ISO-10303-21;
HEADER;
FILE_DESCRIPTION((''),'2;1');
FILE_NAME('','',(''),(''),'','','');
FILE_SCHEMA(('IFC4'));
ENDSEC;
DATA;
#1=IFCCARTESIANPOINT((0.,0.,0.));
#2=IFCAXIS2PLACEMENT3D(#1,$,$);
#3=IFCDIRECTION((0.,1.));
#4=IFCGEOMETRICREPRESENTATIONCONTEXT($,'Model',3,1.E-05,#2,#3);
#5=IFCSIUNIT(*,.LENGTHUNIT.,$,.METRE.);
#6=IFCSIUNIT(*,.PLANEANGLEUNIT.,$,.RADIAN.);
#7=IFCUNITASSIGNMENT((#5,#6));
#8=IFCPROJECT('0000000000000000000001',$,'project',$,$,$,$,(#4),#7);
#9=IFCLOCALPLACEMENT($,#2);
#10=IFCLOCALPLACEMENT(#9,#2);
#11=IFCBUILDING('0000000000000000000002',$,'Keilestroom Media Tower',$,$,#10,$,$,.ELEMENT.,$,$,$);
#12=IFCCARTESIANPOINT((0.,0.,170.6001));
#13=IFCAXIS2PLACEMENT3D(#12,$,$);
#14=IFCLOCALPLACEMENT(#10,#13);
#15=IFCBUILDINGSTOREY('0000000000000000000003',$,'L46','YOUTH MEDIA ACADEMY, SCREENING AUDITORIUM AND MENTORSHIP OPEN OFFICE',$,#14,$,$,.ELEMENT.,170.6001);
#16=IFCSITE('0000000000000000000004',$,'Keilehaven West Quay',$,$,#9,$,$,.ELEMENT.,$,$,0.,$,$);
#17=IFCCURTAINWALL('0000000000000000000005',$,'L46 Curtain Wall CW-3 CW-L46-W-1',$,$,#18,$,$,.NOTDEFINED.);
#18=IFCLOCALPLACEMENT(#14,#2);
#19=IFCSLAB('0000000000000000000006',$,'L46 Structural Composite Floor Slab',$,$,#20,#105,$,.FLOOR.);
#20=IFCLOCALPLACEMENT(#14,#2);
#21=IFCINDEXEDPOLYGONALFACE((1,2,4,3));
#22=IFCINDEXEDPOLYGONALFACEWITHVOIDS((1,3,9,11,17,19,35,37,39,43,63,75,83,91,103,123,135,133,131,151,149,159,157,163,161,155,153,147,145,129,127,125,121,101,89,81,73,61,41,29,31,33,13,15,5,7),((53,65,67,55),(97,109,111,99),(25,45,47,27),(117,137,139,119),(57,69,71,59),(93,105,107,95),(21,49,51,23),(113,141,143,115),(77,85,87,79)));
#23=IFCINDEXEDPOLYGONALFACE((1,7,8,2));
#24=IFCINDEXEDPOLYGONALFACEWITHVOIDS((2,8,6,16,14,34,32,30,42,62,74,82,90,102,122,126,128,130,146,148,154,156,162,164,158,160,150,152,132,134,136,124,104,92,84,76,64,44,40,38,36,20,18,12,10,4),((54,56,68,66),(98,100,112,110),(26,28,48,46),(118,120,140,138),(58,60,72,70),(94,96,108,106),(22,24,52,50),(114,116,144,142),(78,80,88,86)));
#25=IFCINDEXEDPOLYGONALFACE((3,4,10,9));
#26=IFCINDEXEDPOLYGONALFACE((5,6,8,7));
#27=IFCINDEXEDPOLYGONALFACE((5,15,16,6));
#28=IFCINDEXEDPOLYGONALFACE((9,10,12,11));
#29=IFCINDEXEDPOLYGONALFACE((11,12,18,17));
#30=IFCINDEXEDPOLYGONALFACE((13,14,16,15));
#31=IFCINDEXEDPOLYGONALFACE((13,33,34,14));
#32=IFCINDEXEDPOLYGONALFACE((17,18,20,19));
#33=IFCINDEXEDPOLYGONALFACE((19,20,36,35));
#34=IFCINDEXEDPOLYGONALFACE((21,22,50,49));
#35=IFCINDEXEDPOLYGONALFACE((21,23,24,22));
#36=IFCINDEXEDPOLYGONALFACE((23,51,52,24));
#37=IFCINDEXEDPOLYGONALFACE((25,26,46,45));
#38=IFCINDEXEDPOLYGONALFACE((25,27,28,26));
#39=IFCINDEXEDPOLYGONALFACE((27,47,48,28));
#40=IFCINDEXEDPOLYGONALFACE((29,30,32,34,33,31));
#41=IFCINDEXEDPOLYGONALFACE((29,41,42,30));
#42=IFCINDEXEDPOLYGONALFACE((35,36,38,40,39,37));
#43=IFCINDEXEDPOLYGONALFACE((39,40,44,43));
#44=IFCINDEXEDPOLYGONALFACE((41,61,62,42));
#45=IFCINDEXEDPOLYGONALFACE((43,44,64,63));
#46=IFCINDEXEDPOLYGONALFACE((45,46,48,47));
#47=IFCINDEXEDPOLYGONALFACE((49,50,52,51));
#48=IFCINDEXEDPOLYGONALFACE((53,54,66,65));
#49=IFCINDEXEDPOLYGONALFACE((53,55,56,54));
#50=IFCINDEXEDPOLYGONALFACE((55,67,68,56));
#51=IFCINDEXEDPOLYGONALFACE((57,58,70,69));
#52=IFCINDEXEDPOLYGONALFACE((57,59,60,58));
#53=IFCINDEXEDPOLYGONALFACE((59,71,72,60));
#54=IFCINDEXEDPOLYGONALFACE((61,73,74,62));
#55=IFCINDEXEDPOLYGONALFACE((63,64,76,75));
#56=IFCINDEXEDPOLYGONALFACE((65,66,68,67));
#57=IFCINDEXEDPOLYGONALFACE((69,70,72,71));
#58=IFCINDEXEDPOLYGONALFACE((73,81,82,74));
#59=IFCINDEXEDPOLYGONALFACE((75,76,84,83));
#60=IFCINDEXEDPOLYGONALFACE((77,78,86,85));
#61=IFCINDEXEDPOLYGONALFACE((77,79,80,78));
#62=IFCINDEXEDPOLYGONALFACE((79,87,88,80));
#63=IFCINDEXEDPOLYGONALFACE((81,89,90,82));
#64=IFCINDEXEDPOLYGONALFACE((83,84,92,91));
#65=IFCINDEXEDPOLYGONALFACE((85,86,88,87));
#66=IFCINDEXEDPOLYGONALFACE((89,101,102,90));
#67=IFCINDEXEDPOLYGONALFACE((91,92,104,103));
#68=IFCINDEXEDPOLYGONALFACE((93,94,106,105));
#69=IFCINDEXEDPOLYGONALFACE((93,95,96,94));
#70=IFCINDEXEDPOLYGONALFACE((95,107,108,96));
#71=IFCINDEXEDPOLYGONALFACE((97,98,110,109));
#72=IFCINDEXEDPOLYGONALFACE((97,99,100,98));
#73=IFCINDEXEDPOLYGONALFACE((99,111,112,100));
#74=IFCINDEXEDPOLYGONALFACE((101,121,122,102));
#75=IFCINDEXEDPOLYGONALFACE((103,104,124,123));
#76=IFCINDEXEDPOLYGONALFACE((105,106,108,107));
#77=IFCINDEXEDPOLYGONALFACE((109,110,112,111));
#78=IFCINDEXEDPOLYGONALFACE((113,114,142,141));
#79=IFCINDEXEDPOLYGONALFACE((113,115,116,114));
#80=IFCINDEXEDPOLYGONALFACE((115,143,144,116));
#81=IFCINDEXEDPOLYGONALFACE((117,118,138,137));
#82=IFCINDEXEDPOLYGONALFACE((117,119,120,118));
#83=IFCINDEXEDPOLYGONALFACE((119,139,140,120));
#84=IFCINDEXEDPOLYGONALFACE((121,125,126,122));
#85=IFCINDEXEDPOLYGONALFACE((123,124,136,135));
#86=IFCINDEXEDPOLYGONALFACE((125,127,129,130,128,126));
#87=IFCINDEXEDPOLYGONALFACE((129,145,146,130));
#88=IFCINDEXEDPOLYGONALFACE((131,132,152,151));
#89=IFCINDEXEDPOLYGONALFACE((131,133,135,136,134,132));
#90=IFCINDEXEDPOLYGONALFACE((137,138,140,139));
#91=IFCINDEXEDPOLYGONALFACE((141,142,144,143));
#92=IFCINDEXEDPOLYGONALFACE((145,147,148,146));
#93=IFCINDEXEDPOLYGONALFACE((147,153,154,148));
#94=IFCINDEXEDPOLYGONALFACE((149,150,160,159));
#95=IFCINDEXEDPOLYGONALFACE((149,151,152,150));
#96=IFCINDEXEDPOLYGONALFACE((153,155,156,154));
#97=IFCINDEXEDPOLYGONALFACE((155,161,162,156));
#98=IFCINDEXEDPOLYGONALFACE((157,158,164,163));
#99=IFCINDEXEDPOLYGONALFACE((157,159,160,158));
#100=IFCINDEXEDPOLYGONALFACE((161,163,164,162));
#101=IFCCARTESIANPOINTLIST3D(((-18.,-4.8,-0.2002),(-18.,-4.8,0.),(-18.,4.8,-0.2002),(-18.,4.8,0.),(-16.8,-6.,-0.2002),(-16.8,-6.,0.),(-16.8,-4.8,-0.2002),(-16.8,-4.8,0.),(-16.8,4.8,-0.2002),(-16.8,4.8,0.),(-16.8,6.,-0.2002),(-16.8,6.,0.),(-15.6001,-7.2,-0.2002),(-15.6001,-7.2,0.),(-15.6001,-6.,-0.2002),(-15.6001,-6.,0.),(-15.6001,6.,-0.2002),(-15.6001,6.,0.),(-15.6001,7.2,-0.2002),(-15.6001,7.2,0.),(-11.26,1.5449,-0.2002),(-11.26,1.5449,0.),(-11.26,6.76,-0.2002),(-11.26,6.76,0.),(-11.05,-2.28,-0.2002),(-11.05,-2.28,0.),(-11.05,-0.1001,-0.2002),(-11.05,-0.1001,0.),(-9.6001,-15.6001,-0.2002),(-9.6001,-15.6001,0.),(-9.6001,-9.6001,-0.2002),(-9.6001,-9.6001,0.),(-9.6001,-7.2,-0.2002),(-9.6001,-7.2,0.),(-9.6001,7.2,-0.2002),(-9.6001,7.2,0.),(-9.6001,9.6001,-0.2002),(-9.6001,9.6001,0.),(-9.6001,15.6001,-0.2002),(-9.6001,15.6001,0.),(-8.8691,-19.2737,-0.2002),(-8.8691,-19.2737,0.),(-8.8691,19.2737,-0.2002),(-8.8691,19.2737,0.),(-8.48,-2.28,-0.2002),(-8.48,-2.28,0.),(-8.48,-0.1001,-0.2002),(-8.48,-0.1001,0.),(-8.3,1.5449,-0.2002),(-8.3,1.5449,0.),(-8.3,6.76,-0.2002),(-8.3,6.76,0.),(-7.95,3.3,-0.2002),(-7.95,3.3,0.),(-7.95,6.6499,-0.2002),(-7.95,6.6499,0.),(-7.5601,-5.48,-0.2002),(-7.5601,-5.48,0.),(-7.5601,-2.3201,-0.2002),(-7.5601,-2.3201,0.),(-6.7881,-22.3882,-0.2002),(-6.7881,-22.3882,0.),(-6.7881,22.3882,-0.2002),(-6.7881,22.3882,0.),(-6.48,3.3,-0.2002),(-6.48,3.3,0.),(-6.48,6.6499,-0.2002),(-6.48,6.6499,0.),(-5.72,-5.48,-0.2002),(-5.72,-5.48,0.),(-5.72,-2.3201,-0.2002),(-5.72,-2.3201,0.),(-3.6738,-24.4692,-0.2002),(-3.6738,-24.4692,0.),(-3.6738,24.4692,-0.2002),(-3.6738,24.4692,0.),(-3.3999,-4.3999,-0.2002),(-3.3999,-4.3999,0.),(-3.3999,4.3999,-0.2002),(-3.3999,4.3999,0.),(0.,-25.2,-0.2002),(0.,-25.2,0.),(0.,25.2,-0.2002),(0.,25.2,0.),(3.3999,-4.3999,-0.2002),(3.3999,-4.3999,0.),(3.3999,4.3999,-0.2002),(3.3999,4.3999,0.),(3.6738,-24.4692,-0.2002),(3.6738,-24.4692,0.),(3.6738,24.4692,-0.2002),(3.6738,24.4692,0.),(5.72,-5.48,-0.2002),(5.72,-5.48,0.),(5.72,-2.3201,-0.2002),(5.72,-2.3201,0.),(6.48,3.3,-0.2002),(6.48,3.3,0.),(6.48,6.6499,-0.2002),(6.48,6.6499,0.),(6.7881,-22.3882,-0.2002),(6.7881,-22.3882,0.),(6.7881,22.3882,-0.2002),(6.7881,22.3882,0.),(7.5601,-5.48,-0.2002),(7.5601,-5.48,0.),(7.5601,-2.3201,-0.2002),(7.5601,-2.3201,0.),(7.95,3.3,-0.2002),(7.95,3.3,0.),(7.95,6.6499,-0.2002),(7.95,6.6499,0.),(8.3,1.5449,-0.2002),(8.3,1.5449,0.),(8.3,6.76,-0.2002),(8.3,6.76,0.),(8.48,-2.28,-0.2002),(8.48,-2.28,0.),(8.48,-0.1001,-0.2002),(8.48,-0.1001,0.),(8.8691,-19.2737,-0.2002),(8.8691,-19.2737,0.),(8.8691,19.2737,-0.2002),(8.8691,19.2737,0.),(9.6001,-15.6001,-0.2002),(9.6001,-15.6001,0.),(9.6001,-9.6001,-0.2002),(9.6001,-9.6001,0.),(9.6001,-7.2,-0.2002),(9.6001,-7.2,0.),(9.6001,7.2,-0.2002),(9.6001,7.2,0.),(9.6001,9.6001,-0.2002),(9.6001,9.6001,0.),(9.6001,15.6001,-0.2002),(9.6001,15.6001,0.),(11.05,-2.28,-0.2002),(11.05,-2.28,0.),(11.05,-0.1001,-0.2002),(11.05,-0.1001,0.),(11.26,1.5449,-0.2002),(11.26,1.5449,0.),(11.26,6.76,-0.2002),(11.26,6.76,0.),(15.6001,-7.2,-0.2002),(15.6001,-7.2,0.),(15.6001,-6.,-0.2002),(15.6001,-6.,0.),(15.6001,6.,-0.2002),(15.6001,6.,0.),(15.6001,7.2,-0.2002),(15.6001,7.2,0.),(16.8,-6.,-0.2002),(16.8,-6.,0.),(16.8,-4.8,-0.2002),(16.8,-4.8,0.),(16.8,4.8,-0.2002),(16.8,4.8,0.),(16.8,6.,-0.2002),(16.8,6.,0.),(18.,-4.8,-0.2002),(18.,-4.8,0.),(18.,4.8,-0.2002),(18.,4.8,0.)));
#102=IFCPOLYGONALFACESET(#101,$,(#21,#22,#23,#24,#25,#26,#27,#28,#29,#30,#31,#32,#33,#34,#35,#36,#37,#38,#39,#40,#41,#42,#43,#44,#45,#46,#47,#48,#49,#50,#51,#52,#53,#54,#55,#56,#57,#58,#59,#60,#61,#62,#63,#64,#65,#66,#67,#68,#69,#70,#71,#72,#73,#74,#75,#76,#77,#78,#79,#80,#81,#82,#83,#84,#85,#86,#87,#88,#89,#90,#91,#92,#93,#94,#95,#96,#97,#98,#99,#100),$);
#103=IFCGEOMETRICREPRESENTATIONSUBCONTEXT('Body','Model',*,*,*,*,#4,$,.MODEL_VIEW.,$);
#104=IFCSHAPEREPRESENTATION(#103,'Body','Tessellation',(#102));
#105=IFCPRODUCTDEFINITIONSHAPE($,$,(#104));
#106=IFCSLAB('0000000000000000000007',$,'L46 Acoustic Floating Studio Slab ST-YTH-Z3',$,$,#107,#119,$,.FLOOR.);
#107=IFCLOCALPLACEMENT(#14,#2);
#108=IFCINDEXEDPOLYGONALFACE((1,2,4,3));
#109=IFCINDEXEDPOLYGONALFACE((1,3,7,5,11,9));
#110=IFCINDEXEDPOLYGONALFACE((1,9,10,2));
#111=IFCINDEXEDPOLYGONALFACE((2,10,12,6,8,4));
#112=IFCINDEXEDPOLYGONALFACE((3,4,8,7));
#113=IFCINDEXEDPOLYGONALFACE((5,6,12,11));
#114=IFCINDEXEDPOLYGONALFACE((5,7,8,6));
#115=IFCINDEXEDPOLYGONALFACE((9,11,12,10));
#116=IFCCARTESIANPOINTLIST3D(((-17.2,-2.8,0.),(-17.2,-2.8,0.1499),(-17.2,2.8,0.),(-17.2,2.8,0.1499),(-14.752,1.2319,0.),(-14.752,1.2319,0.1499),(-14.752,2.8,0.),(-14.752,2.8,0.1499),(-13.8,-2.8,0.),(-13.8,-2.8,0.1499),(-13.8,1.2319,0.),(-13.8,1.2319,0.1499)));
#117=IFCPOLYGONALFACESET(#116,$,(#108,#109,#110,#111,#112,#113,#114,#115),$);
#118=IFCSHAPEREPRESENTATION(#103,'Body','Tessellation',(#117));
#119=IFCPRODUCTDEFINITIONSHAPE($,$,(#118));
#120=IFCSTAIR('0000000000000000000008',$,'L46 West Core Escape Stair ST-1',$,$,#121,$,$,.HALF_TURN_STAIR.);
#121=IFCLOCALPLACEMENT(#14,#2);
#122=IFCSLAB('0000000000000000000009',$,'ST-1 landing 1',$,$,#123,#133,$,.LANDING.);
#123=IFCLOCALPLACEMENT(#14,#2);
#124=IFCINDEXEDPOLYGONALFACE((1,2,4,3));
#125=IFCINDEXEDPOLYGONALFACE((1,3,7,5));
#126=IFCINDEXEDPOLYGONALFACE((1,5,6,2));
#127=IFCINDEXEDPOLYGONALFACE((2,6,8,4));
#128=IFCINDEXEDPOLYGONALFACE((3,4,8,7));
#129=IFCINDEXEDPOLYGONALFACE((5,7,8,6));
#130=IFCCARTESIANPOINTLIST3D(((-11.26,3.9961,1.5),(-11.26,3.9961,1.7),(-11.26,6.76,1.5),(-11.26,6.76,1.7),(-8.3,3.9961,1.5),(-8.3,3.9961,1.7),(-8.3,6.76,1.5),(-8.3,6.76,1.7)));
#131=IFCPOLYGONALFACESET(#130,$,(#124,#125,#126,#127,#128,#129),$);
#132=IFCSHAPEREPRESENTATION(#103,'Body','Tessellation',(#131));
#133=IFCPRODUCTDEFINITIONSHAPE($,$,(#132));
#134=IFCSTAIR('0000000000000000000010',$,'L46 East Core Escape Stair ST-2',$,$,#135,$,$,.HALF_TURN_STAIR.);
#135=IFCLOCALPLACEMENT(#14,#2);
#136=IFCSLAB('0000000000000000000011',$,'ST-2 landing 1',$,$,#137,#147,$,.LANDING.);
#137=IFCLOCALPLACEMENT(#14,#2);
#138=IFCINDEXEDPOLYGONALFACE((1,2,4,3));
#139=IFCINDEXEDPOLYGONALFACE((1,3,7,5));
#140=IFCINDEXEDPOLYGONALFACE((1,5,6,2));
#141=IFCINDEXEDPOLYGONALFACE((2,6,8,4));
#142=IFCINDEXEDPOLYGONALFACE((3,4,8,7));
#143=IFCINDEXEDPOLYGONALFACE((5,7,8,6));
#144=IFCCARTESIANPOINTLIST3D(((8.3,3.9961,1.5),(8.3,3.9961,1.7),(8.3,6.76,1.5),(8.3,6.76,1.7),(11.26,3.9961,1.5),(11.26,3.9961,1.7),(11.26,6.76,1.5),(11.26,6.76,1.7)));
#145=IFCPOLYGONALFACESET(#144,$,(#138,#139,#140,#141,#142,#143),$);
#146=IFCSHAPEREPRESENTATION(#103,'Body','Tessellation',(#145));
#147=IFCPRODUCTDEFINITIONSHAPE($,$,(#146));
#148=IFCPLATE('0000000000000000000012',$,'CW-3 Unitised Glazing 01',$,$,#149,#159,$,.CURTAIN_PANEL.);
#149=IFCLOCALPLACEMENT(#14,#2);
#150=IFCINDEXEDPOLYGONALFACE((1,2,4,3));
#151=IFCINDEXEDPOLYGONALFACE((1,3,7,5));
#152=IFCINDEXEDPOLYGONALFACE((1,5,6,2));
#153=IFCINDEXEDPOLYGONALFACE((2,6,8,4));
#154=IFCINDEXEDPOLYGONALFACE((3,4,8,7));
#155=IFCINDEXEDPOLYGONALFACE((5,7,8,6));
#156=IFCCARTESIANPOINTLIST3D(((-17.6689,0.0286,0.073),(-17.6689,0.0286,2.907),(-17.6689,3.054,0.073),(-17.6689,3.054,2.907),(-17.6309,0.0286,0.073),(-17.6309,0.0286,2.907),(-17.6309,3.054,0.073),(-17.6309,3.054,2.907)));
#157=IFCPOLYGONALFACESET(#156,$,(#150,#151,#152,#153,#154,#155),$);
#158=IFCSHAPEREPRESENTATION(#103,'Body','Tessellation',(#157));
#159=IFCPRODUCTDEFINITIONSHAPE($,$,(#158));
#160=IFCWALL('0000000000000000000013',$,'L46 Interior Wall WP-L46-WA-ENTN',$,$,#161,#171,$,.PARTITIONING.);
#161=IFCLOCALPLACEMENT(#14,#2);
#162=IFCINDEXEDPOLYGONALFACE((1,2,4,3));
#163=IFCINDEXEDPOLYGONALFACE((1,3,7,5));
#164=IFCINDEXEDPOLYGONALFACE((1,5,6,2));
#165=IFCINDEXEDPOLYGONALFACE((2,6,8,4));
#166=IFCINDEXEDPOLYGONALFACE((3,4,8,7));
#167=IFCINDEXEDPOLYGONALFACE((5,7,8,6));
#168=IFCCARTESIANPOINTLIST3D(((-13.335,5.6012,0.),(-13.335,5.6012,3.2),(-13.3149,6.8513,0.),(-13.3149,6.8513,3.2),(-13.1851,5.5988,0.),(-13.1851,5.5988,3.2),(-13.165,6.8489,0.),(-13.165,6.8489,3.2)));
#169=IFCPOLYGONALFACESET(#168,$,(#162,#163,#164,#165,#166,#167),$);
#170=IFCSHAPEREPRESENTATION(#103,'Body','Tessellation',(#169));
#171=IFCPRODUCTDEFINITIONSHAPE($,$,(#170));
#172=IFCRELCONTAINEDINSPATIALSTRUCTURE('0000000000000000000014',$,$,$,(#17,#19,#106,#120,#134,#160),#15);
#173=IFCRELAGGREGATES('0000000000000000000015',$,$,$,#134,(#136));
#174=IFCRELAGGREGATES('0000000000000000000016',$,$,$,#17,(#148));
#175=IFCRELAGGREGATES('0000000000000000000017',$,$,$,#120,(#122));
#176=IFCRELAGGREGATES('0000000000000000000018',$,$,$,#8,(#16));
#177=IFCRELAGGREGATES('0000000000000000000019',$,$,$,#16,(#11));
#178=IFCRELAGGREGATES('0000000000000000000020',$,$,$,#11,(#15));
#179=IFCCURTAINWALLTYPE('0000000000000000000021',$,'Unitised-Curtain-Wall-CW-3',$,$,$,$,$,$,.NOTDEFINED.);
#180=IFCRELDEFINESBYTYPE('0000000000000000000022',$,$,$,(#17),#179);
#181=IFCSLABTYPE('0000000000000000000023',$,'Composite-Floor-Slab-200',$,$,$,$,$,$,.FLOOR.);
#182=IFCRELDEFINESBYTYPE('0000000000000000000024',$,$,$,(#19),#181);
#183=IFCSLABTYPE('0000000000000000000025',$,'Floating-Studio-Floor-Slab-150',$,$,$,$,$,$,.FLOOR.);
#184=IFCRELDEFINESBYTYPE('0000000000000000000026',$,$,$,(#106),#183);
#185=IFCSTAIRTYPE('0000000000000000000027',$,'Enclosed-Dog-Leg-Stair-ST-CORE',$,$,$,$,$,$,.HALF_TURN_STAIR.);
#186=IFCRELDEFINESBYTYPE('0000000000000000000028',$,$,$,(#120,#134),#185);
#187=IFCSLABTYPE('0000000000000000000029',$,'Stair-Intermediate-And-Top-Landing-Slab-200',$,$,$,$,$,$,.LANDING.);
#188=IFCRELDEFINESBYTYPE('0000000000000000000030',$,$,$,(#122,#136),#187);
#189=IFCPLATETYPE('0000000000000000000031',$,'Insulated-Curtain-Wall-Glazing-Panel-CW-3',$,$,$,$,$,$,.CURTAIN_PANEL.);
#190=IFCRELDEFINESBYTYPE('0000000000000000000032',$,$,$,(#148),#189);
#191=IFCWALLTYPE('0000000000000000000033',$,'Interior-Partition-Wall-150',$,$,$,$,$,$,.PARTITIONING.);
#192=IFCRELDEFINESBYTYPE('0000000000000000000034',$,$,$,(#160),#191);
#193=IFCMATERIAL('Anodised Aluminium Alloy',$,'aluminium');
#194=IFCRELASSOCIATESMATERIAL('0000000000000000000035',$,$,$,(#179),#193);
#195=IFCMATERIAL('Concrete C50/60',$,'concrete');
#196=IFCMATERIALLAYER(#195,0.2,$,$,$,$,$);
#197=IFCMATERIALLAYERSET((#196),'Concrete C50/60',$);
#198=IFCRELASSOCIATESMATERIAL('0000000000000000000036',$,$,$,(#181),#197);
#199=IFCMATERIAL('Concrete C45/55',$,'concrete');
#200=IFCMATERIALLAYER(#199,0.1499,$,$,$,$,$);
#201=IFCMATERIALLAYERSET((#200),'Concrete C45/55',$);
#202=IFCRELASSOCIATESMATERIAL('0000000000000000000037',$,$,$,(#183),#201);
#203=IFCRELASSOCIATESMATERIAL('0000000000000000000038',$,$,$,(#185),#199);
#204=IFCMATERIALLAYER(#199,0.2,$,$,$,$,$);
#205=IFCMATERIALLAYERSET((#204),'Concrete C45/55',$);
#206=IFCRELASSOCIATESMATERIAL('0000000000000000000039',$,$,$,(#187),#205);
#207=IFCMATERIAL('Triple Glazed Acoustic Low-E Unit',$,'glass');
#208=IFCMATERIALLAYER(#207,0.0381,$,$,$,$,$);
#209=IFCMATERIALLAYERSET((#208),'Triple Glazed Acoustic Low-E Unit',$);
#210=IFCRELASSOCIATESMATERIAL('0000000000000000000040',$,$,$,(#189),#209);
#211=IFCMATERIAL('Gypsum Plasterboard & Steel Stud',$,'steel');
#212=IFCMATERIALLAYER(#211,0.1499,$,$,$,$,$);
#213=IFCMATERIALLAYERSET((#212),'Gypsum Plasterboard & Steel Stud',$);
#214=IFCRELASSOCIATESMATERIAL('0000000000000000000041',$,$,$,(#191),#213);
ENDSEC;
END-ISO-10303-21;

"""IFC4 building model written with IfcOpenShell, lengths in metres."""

from ifc_helpers import new_model, si_unit, direction, frame, frame_2d, origin, origin_2d, place, context, subcontext, project, spatial, polyline, rectangle, outline, extrude, source, transform, mapped, material, layer, layer_set, type_object, element, aggregate, save


model = new_model("IFC4")

# Units and contexts
model_context = context("Model", 3, precision=1e-05, world=origin(), true_north=direction((0.0, 1.0)))
body_context = subcontext(model_context, "Body", "Model", "MODEL_VIEW")
ifc_project = project(units=[si_unit("LENGTHUNIT", "METRE"), si_unit("PLANEANGLEUNIT", "RADIAN")], contexts=[model_context])

# Site, building, storey
site_placement = place(None, origin())
site = spatial("IfcSite", under=ifc_project, at=site_placement, Name="Keilehaven West Quay", CompositionType="ELEMENT", RefElevation=0.0)
building_placement = place(site_placement, origin())
building = spatial("IfcBuilding", under=site, at=building_placement, Name="Keilestroom Media Tower", CompositionType="ELEMENT")
storey_placement = place(building_placement, frame((0.0, 0.0, 170.6001)))
storey = spatial("IfcBuildingStorey", under=building, at=storey_placement, Name="L46", Description="YOUTH MEDIA ACADEMY, SCREENING AUDITORIUM AND MENTORSHIP OPEN OFFICE", CompositionType="ELEMENT", Elevation=170.6001)

# Curtain wall
ifc_material_1 = material(Name="Anodised Aluminium Alloy", Category="aluminium")
curtain_wall_type = type_object("IfcCurtainWallType", Name="Unitised-Curtain-Wall-CW-3", PredefinedType="NOTDEFINED", material=ifc_material_1)
curtain_wall_placement = place(storey_placement, origin())
curtain_wall = element("IfcCurtainWall", 1, at=curtain_wall_placement, inside=storey, type_object=curtain_wall_type, Name="L46 Curtain Wall CW-3 CW-L46-W-1", PredefinedType="NOTDEFINED")

# Slabs
ifc_material_2 = material(Name="Concrete C50/60", Category="concrete")
ifc_layer_1 = layer(ifc_material_2, 0.2)
ifc_layer_set_1 = layer_set([ifc_layer_1], Name="Concrete C50/60")
slab_type_1 = type_object("IfcSlabType", Name="Composite-Floor-Slab-200", PredefinedType="FLOOR", material=ifc_layer_set_1)
slab_1_placement = place(storey_placement, frame((0.0, 0.0, -0.2002)))
element("IfcSlab", 2, at=slab_1_placement, inside=storey, type_object=slab_type_1, Name="L46 Structural Composite Floor Slab", PredefinedType="FLOOR", context=body_context, shape_type="SweptSolid", body=[
    extrude(outline(polyline([(18.0, -4.8), (18.0, 4.8), (16.8, 4.8), (16.8, 6.0), (15.6001, 6.0), (15.6001, 7.2), (9.6001, 7.2), (9.6001, 9.6001), (9.6001, 15.6001), (8.8691, 19.2737), (6.7881, 22.3882), (3.6738, 24.4692), (0.0, 25.2), (-3.6738, 24.4692), (-6.7881, 22.3882), (-8.8691, 19.2737), (-9.6001, 15.6001), (-9.6001, 9.6001), (-9.6001, 7.2), (-15.6001, 7.2), (-15.6001, 6.0), (-16.8, 6.0), (-16.8, 4.8), (-18.0, 4.8), (-18.0, -4.8), (-16.8, -4.8), (-16.8, -6.0), (-15.6001, -6.0), (-15.6001, -7.2), (-9.6001, -7.2), (-9.6001, -9.6001), (-9.6001, -15.6001), (-8.8691, -19.2737), (-6.7881, -22.3882), (-3.6738, -24.4692), (0.0, -25.2), (3.6738, -24.4692), (6.7881, -22.3882), (8.8691, -19.2737), (9.6001, -15.6001), (9.6001, -9.6001), (9.6001, -7.2), (15.6001, -7.2), (15.6001, -6.0), (16.8, -6.0), (16.8, -4.8), (18.0, -4.8)]), holes=[polyline([(-11.26, 1.5449), (-11.26, 6.76), (-8.3, 6.76), (-8.3, 1.5449), (-11.26, 1.5449)]), polyline([(-11.05, -2.28), (-11.05, -0.1001), (-8.48, -0.1001), (-8.48, -2.28), (-11.05, -2.28)]), polyline([(-7.95, 3.3), (-7.95, 6.6499), (-6.48, 6.6499), (-6.48, 3.3), (-7.95, 3.3)]), polyline([(-7.5601, -2.3201), (-5.72, -2.3201), (-5.72, -5.48), (-7.5601, -5.48), (-7.5601, -2.3201)]), polyline([(3.3999, -4.3999), (-3.3999, -4.3999), (-3.3999, 4.3999), (3.3999, 4.3999), (3.3999, -4.3999)]), polyline([(7.5601, -2.3201), (7.5601, -5.48), (5.72, -5.48), (5.72, -2.3201), (7.5601, -2.3201)]), polyline([(6.48, 3.3), (6.48, 6.6499), (7.95, 6.6499), (7.95, 3.3), (6.48, 3.3)]), polyline([(8.3, 1.5449), (8.3, 6.76), (11.26, 6.76), (11.26, 1.5449), (8.3, 1.5449)]), polyline([(8.48, -2.28), (8.48, -0.1001), (11.05, -0.1001), (11.05, -2.28), (8.48, -2.28)])]), origin(), (0.0, 0.0, 1.0), 0.2002),
])
ifc_material_3 = material(Name="Concrete C45/55", Category="concrete")
ifc_layer_2 = layer(ifc_material_3, 0.1499)
ifc_layer_set_2 = layer_set([ifc_layer_2], Name="Concrete C45/55")
slab_type_2 = type_object("IfcSlabType", Name="Floating-Studio-Floor-Slab-150", PredefinedType="FLOOR", material=ifc_layer_set_2)
slab_2_placement = place(storey_placement, origin())
element("IfcSlab", 3, at=slab_2_placement, inside=storey, type_object=slab_type_2, Name="L46 Acoustic Floating Studio Slab ST-YTH-Z3", PredefinedType="FLOOR", context=body_context, shape_type="SweptSolid", body=[
    extrude(outline(polyline([(-17.2, -2.8), (-13.8, -2.8), (-13.8, 1.2319), (-14.752, 1.2319), (-14.752, 2.8), (-17.2, 2.8), (-17.2, -2.8)])), origin(), (0.0, 0.0, 1.0), 0.1499),
])

# Stairs, slabs
stair_type = type_object("IfcStairType", Name="Enclosed-Dog-Leg-Stair-ST-CORE", PredefinedType="HALF_TURN_STAIR", material=ifc_material_3)
stair_1_placement = place(storey_placement, origin())
stair_1 = element("IfcStair", 4, at=stair_1_placement, inside=storey, type_object=stair_type, Name="L46 West Core Escape Stair ST-1", PredefinedType="HALF_TURN_STAIR")
ifc_layer_3 = layer(ifc_material_3, 0.2)
ifc_layer_set_3 = layer_set([ifc_layer_3], Name="Concrete C45/55")
slab_type_3 = type_object("IfcSlabType", Name="Stair-Intermediate-And-Top-Landing-Slab-200", PredefinedType="LANDING", material=ifc_layer_set_3)
slab_3_placement = place(storey_placement, frame((0.0, 0.0, 1.5)))
slab_3 = element("IfcSlab", 5, at=slab_3_placement, type_object=slab_type_3, Name="ST-1 landing 1", PredefinedType="LANDING", context=body_context, shape_type="SweptSolid", body=[
    extrude(outline(polyline([(-8.3, 3.9961), (-8.3, 6.76), (-11.26, 6.76), (-11.26, 3.9961), (-8.3, 3.9961)])), origin(), (0.0, 0.0, 1.0), 0.2),
])
stair_2_placement = place(storey_placement, origin())
stair_2 = element("IfcStair", 6, at=stair_2_placement, inside=storey, type_object=stair_type, Name="L46 East Core Escape Stair ST-2", PredefinedType="HALF_TURN_STAIR")
slab_4_placement = place(storey_placement, frame((0.0, 0.0, 1.5)))
slab_4 = element("IfcSlab", 7, at=slab_4_placement, type_object=slab_type_3, Name="ST-2 landing 1", PredefinedType="LANDING", context=body_context, shape_type="SweptSolid", body=[
    extrude(outline(polyline([(11.26, 3.9961), (11.26, 6.76), (8.3, 6.76), (8.3, 3.9961), (11.26, 3.9961)])), origin(), (0.0, 0.0, 1.0), 0.2),
])
aggregate(stair_2, [slab_4])

# Plate
ifc_material_4 = material(Name="Triple Glazed Acoustic Low-E Unit", Category="glass")
ifc_layer_4 = layer(ifc_material_4, 0.0381)
ifc_layer_set_4 = layer_set([ifc_layer_4], Name="Triple Glazed Acoustic Low-E Unit")
plate_type = type_object("IfcPlateType", Name="Insulated-Curtain-Wall-Glazing-Panel-CW-3", PredefinedType="CURTAIN_PANEL", material=ifc_layer_set_4)
shared_shape_1 = source(origin(), body_context, "Body", "SweptSolid", [
    extrude(rectangle(XDim=3.0254, YDim=0.0381, at=origin_2d()), origin(), (0.0, 0.0, 1.0), 2.834),
])
plate_placement = place(storey_placement, frame((-17.6499, 1.5413, 0.073), z_axis=(0.0, 0.0, 1.0), x_axis=(0.0, 1.0, 0.0)))
plate = element("IfcPlate", 8, at=plate_placement, type_object=plate_type, Name="CW-3 Unitised Glazing 01", PredefinedType="CURTAIN_PANEL", context=body_context, shape_type="MappedRepresentation", body=[
    mapped(shared_shape_1, transform((0.0, 0.0, 0.0), x_axis=(1.0, 0.0, 0.0), y_axis=(0.0, 1.0, 0.0), z_axis=(0.0, 0.0, 1.0), scale=1.0)),
])
aggregate(curtain_wall, [plate])

# Wall
ifc_material_5 = material(Name="Gypsum Plasterboard & Steel Stud", Category="steel")
ifc_layer_5 = layer(ifc_material_5, 0.1499)
ifc_layer_set_5 = layer_set([ifc_layer_5], Name="Gypsum Plasterboard & Steel Stud")
wall_type_1 = type_object("IfcWallType", Name="Interior-Partition-Wall-150", PredefinedType="PARTITIONING", material=ifc_layer_set_5)
wall_1_placement = place(storey_placement, frame((-13.26, 5.6001, 0.0), z_axis=(0.0, 0.0, 1.0), x_axis=(0.016014, 0.999872, 0.0)))
element("IfcWall", 9, at=wall_1_placement, inside=storey, type_object=wall_type_1, Name="L46 Interior Wall WP-L46-WA-ENTN", PredefinedType="PARTITIONING", context=body_context, shape_type="SweptSolid", body=[
    extrude(rectangle(XDim=1.2502, YDim=0.1499, at=frame_2d((0.625, 0.0))), origin(), (0.0, 0.0, 1.0), 3.2),
])

aggregate(stair_1, [slab_3])

save(model, "model.ifc")
